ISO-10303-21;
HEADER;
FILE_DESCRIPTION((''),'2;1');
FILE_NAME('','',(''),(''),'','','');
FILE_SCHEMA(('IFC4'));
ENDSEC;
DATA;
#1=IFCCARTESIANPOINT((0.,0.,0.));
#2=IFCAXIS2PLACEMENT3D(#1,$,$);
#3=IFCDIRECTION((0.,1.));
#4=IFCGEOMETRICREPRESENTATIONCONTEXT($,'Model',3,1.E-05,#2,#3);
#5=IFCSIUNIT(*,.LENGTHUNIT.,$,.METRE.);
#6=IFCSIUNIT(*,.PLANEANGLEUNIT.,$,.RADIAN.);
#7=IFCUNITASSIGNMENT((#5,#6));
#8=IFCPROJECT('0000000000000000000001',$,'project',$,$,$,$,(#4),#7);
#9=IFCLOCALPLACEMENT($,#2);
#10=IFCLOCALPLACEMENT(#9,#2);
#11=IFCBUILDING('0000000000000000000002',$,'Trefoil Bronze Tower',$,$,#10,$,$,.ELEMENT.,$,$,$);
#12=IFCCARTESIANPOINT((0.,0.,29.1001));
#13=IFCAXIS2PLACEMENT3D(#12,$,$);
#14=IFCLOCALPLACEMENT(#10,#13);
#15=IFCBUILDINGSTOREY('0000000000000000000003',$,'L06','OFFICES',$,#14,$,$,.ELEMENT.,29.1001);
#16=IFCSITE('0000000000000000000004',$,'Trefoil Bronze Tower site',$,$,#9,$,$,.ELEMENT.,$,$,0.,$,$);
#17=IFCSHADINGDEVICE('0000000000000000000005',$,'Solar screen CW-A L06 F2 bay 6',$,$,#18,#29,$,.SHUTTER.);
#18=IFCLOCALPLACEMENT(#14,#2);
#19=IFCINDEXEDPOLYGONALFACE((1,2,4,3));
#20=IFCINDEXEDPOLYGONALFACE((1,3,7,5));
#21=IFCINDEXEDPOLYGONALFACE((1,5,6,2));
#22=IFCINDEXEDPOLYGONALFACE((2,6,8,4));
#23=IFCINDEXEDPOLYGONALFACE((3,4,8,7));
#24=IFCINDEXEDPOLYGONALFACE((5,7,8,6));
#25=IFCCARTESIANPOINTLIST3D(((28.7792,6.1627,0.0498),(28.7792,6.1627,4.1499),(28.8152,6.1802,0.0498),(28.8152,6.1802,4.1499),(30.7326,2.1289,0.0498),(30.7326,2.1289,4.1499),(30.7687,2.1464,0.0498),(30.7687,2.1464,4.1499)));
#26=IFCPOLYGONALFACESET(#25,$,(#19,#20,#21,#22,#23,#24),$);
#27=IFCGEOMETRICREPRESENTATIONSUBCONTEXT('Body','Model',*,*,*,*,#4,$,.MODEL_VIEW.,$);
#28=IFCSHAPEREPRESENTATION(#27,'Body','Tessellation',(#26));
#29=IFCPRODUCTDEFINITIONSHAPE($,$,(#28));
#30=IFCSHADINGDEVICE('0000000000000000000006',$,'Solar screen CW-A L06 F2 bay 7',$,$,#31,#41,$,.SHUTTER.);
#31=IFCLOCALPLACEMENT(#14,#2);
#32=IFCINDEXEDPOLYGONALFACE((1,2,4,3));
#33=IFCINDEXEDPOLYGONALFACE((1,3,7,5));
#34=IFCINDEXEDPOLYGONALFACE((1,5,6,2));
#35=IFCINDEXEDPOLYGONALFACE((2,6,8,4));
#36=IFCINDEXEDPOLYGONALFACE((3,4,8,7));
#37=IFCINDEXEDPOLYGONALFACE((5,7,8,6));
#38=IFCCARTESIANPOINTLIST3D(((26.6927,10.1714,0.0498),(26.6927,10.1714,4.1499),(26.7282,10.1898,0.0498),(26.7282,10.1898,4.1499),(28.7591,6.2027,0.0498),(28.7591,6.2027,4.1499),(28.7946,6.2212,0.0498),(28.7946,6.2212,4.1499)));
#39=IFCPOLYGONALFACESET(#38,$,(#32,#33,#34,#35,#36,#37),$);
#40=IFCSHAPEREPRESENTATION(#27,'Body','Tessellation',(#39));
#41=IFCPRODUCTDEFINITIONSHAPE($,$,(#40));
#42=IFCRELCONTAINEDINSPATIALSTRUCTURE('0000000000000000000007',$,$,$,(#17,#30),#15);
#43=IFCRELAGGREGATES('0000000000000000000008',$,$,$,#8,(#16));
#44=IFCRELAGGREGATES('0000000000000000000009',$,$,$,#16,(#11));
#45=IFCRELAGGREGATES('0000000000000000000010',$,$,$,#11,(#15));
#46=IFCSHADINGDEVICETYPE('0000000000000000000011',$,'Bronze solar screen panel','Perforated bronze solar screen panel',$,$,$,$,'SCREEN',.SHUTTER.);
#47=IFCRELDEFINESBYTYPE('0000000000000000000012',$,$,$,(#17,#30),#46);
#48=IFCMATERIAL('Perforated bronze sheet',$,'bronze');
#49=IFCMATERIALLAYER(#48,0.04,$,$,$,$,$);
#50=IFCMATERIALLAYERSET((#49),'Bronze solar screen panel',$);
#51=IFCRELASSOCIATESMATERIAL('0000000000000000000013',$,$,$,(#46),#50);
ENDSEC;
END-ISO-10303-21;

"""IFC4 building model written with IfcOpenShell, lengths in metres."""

from ifc_helpers import new_model, si_unit, direction, frame, origin, origin_2d, place, context, subcontext, project, spatial, rectangle, extrude, material, layer, layer_set, type_object, element, save


model = new_model("IFC4")

# Units and contexts
model_context = context("Model", 3, precision=1e-05, world=origin(), true_north=direction((0.0, 1.0)))
body_context = subcontext(model_context, "Body", "Model", "MODEL_VIEW")
ifc_project = project(units=[si_unit("LENGTHUNIT", "METRE"), si_unit("PLANEANGLEUNIT", "RADIAN")], contexts=[model_context])

# Site, building, storey
site_placement = place(None, origin())
site = spatial("IfcSite", under=ifc_project, at=site_placement, Name="Trefoil Bronze Tower site", CompositionType="ELEMENT", RefElevation=0.0)
building_placement = place(site_placement, origin())
building = spatial("IfcBuilding", under=site, at=building_placement, Name="Trefoil Bronze Tower", CompositionType="ELEMENT")
storey_placement = place(building_placement, frame((0.0, 0.0, 29.1001)))
storey = spatial("IfcBuildingStorey", under=building, at=storey_placement, Name="L06", Description="OFFICES", CompositionType="ELEMENT", Elevation=29.1001)

# Shading devices
ifc_material_1 = material(Name="Perforated bronze sheet", Category="bronze")
ifc_layer_1 = layer(ifc_material_1, 0.04)
ifc_layer_set_1 = layer_set([ifc_layer_1], Name="Bronze solar screen panel")
shading_device_type = type_object("IfcShadingDeviceType", Name="Bronze solar screen panel", Description="Perforated bronze solar screen panel", ElementType="SCREEN", PredefinedType="SHUTTER", material=ifc_layer_set_1)
shading_device_1_placement = place(storey_placement, frame((29.7739, 4.1545, 0.0498), z_axis=(0.0, 0.0, 1.0), x_axis=(-0.435855, 0.900017, 0.0)))
element("IfcShadingDevice", 1, at=shading_device_1_placement, inside=storey, type_object=shading_device_type, Name="Solar screen CW-A L06 F2 bay 6", PredefinedType="SHUTTER", context=body_context, shape_type="SweptSolid", body=[
    extrude(rectangle(XDim=4.4819, YDim=0.04, at=origin_2d()), origin(), (0.0, 0.0, 1.0), 4.1001),
])
shading_device_2_placement = place(storey_placement, frame((27.7437, 8.1963, 0.0498), z_axis=(0.0, 0.0, 1.0), x_axis=(-0.46183, 0.886969, 0.0)))
element("IfcShadingDevice", 2, at=shading_device_2_placement, inside=storey, type_object=shading_device_type, Name="Solar screen CW-A L06 F2 bay 7", PredefinedType="SHUTTER", context=body_context, shape_type="SweptSolid", body=[
    extrude(rectangle(XDim=4.4744, YDim=0.04, at=origin_2d()), origin(), (0.0, 0.0, 1.0), 4.1001),
])

save(model, "model.ifc")
